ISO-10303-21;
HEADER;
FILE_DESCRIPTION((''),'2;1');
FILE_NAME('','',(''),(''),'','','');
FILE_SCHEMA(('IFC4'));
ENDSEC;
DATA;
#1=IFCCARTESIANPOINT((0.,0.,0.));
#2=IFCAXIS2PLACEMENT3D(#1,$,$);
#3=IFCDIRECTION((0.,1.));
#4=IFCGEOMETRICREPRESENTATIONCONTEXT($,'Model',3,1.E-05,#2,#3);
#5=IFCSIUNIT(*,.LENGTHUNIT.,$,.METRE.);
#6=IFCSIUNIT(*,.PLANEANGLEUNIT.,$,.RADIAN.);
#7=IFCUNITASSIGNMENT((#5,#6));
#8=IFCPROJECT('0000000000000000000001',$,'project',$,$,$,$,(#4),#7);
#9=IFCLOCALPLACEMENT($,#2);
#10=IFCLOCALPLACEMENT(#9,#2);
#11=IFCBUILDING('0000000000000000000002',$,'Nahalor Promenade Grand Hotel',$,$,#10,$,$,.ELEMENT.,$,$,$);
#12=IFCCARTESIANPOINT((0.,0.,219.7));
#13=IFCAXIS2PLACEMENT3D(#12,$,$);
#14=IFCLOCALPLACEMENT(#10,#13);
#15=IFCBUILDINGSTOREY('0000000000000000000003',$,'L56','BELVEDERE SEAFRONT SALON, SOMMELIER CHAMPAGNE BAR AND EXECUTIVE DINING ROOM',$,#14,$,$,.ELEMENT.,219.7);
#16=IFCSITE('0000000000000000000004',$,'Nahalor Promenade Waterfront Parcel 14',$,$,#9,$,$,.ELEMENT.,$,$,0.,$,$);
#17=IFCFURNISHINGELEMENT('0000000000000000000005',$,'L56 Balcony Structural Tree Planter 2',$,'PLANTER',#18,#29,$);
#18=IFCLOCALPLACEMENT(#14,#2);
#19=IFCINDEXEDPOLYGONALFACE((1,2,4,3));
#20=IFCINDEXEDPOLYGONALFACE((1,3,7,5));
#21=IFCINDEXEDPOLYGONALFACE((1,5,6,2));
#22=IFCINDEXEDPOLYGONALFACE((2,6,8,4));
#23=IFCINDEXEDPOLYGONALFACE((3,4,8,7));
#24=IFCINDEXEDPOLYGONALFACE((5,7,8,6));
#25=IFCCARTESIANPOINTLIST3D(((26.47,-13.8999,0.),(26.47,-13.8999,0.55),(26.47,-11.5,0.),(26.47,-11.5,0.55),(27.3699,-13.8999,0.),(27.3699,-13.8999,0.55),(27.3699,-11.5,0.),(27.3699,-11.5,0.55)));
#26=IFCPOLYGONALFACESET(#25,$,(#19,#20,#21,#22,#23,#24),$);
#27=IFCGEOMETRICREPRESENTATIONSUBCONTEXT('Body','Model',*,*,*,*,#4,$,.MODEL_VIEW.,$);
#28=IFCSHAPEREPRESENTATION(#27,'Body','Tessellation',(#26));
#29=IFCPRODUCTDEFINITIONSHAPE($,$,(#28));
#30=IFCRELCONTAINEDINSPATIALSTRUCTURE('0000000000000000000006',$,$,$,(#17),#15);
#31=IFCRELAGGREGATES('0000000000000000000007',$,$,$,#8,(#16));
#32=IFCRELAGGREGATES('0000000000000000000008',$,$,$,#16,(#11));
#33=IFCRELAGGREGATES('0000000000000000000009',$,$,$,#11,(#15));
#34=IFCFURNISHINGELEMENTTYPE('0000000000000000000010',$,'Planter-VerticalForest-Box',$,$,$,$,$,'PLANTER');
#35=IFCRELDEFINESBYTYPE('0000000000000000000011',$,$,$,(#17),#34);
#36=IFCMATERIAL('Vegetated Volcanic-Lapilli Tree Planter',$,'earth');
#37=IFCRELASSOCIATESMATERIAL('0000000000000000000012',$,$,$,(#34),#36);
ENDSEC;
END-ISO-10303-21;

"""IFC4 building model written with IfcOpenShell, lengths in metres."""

from ifc_helpers import new_model, si_unit, direction, frame, origin, origin_2d, place, context, subcontext, project, spatial, rectangle, extrude, source, transform, mapped, material, type_object, element, save


model = new_model("IFC4")

# Units and contexts
model_context = context("Model", 3, precision=1e-05, world=origin(), true_north=direction((0.0, 1.0)))
body_context = subcontext(model_context, "Body", "Model", "MODEL_VIEW")
ifc_project = project(units=[si_unit("LENGTHUNIT", "METRE"), si_unit("PLANEANGLEUNIT", "RADIAN")], contexts=[model_context])

# Site, building, storey
site_placement = place(None, origin())
site = spatial("IfcSite", under=ifc_project, at=site_placement, Name="Nahalor Promenade Waterfront Parcel 14", CompositionType="ELEMENT", RefElevation=0.0)
building_placement = place(site_placement, origin())
building = spatial("IfcBuilding", under=site, at=building_placement, Name="Nahalor Promenade Grand Hotel", CompositionType="ELEMENT")
storey_placement = place(building_placement, frame((0.0, 0.0, 219.7)))
storey = spatial("IfcBuildingStorey", under=building, at=storey_placement, Name="L56", Description="BELVEDERE SEAFRONT SALON, SOMMELIER CHAMPAGNE BAR AND EXECUTIVE DINING ROOM", CompositionType="ELEMENT", Elevation=219.7)

# Furnishing element
ifc_material_1 = material(Name="Vegetated Volcanic-Lapilli Tree Planter", Category="earth")
furnishing_element_type = type_object("IfcFurnishingElementType", Name="Planter-VerticalForest-Box", ElementType="PLANTER", material=ifc_material_1)
shared_shape_1 = source(origin(), body_context, "Body", "SweptSolid", [
    extrude(rectangle(XDim=2.3999, YDim=0.8999, at=origin_2d()), origin(), (0.0, 0.0, 1.0), 0.55),
])
furnishing_placement = place(storey_placement, frame((26.9199, -12.7, 0.0), z_axis=(0.0, 0.0, 1.0), x_axis=(0.0, 1.0, 0.0)))
element("IfcFurnishingElement", 1, at=furnishing_placement, inside=storey, type_object=furnishing_element_type, Name="L56 Balcony Structural Tree Planter 2", ObjectType="PLANTER", context=body_context, shape_type="MappedRepresentation", body=[
    mapped(shared_shape_1, transform((0.0, 0.0, 0.0), scale=1.0)),
])

save(model, "model.ifc")
